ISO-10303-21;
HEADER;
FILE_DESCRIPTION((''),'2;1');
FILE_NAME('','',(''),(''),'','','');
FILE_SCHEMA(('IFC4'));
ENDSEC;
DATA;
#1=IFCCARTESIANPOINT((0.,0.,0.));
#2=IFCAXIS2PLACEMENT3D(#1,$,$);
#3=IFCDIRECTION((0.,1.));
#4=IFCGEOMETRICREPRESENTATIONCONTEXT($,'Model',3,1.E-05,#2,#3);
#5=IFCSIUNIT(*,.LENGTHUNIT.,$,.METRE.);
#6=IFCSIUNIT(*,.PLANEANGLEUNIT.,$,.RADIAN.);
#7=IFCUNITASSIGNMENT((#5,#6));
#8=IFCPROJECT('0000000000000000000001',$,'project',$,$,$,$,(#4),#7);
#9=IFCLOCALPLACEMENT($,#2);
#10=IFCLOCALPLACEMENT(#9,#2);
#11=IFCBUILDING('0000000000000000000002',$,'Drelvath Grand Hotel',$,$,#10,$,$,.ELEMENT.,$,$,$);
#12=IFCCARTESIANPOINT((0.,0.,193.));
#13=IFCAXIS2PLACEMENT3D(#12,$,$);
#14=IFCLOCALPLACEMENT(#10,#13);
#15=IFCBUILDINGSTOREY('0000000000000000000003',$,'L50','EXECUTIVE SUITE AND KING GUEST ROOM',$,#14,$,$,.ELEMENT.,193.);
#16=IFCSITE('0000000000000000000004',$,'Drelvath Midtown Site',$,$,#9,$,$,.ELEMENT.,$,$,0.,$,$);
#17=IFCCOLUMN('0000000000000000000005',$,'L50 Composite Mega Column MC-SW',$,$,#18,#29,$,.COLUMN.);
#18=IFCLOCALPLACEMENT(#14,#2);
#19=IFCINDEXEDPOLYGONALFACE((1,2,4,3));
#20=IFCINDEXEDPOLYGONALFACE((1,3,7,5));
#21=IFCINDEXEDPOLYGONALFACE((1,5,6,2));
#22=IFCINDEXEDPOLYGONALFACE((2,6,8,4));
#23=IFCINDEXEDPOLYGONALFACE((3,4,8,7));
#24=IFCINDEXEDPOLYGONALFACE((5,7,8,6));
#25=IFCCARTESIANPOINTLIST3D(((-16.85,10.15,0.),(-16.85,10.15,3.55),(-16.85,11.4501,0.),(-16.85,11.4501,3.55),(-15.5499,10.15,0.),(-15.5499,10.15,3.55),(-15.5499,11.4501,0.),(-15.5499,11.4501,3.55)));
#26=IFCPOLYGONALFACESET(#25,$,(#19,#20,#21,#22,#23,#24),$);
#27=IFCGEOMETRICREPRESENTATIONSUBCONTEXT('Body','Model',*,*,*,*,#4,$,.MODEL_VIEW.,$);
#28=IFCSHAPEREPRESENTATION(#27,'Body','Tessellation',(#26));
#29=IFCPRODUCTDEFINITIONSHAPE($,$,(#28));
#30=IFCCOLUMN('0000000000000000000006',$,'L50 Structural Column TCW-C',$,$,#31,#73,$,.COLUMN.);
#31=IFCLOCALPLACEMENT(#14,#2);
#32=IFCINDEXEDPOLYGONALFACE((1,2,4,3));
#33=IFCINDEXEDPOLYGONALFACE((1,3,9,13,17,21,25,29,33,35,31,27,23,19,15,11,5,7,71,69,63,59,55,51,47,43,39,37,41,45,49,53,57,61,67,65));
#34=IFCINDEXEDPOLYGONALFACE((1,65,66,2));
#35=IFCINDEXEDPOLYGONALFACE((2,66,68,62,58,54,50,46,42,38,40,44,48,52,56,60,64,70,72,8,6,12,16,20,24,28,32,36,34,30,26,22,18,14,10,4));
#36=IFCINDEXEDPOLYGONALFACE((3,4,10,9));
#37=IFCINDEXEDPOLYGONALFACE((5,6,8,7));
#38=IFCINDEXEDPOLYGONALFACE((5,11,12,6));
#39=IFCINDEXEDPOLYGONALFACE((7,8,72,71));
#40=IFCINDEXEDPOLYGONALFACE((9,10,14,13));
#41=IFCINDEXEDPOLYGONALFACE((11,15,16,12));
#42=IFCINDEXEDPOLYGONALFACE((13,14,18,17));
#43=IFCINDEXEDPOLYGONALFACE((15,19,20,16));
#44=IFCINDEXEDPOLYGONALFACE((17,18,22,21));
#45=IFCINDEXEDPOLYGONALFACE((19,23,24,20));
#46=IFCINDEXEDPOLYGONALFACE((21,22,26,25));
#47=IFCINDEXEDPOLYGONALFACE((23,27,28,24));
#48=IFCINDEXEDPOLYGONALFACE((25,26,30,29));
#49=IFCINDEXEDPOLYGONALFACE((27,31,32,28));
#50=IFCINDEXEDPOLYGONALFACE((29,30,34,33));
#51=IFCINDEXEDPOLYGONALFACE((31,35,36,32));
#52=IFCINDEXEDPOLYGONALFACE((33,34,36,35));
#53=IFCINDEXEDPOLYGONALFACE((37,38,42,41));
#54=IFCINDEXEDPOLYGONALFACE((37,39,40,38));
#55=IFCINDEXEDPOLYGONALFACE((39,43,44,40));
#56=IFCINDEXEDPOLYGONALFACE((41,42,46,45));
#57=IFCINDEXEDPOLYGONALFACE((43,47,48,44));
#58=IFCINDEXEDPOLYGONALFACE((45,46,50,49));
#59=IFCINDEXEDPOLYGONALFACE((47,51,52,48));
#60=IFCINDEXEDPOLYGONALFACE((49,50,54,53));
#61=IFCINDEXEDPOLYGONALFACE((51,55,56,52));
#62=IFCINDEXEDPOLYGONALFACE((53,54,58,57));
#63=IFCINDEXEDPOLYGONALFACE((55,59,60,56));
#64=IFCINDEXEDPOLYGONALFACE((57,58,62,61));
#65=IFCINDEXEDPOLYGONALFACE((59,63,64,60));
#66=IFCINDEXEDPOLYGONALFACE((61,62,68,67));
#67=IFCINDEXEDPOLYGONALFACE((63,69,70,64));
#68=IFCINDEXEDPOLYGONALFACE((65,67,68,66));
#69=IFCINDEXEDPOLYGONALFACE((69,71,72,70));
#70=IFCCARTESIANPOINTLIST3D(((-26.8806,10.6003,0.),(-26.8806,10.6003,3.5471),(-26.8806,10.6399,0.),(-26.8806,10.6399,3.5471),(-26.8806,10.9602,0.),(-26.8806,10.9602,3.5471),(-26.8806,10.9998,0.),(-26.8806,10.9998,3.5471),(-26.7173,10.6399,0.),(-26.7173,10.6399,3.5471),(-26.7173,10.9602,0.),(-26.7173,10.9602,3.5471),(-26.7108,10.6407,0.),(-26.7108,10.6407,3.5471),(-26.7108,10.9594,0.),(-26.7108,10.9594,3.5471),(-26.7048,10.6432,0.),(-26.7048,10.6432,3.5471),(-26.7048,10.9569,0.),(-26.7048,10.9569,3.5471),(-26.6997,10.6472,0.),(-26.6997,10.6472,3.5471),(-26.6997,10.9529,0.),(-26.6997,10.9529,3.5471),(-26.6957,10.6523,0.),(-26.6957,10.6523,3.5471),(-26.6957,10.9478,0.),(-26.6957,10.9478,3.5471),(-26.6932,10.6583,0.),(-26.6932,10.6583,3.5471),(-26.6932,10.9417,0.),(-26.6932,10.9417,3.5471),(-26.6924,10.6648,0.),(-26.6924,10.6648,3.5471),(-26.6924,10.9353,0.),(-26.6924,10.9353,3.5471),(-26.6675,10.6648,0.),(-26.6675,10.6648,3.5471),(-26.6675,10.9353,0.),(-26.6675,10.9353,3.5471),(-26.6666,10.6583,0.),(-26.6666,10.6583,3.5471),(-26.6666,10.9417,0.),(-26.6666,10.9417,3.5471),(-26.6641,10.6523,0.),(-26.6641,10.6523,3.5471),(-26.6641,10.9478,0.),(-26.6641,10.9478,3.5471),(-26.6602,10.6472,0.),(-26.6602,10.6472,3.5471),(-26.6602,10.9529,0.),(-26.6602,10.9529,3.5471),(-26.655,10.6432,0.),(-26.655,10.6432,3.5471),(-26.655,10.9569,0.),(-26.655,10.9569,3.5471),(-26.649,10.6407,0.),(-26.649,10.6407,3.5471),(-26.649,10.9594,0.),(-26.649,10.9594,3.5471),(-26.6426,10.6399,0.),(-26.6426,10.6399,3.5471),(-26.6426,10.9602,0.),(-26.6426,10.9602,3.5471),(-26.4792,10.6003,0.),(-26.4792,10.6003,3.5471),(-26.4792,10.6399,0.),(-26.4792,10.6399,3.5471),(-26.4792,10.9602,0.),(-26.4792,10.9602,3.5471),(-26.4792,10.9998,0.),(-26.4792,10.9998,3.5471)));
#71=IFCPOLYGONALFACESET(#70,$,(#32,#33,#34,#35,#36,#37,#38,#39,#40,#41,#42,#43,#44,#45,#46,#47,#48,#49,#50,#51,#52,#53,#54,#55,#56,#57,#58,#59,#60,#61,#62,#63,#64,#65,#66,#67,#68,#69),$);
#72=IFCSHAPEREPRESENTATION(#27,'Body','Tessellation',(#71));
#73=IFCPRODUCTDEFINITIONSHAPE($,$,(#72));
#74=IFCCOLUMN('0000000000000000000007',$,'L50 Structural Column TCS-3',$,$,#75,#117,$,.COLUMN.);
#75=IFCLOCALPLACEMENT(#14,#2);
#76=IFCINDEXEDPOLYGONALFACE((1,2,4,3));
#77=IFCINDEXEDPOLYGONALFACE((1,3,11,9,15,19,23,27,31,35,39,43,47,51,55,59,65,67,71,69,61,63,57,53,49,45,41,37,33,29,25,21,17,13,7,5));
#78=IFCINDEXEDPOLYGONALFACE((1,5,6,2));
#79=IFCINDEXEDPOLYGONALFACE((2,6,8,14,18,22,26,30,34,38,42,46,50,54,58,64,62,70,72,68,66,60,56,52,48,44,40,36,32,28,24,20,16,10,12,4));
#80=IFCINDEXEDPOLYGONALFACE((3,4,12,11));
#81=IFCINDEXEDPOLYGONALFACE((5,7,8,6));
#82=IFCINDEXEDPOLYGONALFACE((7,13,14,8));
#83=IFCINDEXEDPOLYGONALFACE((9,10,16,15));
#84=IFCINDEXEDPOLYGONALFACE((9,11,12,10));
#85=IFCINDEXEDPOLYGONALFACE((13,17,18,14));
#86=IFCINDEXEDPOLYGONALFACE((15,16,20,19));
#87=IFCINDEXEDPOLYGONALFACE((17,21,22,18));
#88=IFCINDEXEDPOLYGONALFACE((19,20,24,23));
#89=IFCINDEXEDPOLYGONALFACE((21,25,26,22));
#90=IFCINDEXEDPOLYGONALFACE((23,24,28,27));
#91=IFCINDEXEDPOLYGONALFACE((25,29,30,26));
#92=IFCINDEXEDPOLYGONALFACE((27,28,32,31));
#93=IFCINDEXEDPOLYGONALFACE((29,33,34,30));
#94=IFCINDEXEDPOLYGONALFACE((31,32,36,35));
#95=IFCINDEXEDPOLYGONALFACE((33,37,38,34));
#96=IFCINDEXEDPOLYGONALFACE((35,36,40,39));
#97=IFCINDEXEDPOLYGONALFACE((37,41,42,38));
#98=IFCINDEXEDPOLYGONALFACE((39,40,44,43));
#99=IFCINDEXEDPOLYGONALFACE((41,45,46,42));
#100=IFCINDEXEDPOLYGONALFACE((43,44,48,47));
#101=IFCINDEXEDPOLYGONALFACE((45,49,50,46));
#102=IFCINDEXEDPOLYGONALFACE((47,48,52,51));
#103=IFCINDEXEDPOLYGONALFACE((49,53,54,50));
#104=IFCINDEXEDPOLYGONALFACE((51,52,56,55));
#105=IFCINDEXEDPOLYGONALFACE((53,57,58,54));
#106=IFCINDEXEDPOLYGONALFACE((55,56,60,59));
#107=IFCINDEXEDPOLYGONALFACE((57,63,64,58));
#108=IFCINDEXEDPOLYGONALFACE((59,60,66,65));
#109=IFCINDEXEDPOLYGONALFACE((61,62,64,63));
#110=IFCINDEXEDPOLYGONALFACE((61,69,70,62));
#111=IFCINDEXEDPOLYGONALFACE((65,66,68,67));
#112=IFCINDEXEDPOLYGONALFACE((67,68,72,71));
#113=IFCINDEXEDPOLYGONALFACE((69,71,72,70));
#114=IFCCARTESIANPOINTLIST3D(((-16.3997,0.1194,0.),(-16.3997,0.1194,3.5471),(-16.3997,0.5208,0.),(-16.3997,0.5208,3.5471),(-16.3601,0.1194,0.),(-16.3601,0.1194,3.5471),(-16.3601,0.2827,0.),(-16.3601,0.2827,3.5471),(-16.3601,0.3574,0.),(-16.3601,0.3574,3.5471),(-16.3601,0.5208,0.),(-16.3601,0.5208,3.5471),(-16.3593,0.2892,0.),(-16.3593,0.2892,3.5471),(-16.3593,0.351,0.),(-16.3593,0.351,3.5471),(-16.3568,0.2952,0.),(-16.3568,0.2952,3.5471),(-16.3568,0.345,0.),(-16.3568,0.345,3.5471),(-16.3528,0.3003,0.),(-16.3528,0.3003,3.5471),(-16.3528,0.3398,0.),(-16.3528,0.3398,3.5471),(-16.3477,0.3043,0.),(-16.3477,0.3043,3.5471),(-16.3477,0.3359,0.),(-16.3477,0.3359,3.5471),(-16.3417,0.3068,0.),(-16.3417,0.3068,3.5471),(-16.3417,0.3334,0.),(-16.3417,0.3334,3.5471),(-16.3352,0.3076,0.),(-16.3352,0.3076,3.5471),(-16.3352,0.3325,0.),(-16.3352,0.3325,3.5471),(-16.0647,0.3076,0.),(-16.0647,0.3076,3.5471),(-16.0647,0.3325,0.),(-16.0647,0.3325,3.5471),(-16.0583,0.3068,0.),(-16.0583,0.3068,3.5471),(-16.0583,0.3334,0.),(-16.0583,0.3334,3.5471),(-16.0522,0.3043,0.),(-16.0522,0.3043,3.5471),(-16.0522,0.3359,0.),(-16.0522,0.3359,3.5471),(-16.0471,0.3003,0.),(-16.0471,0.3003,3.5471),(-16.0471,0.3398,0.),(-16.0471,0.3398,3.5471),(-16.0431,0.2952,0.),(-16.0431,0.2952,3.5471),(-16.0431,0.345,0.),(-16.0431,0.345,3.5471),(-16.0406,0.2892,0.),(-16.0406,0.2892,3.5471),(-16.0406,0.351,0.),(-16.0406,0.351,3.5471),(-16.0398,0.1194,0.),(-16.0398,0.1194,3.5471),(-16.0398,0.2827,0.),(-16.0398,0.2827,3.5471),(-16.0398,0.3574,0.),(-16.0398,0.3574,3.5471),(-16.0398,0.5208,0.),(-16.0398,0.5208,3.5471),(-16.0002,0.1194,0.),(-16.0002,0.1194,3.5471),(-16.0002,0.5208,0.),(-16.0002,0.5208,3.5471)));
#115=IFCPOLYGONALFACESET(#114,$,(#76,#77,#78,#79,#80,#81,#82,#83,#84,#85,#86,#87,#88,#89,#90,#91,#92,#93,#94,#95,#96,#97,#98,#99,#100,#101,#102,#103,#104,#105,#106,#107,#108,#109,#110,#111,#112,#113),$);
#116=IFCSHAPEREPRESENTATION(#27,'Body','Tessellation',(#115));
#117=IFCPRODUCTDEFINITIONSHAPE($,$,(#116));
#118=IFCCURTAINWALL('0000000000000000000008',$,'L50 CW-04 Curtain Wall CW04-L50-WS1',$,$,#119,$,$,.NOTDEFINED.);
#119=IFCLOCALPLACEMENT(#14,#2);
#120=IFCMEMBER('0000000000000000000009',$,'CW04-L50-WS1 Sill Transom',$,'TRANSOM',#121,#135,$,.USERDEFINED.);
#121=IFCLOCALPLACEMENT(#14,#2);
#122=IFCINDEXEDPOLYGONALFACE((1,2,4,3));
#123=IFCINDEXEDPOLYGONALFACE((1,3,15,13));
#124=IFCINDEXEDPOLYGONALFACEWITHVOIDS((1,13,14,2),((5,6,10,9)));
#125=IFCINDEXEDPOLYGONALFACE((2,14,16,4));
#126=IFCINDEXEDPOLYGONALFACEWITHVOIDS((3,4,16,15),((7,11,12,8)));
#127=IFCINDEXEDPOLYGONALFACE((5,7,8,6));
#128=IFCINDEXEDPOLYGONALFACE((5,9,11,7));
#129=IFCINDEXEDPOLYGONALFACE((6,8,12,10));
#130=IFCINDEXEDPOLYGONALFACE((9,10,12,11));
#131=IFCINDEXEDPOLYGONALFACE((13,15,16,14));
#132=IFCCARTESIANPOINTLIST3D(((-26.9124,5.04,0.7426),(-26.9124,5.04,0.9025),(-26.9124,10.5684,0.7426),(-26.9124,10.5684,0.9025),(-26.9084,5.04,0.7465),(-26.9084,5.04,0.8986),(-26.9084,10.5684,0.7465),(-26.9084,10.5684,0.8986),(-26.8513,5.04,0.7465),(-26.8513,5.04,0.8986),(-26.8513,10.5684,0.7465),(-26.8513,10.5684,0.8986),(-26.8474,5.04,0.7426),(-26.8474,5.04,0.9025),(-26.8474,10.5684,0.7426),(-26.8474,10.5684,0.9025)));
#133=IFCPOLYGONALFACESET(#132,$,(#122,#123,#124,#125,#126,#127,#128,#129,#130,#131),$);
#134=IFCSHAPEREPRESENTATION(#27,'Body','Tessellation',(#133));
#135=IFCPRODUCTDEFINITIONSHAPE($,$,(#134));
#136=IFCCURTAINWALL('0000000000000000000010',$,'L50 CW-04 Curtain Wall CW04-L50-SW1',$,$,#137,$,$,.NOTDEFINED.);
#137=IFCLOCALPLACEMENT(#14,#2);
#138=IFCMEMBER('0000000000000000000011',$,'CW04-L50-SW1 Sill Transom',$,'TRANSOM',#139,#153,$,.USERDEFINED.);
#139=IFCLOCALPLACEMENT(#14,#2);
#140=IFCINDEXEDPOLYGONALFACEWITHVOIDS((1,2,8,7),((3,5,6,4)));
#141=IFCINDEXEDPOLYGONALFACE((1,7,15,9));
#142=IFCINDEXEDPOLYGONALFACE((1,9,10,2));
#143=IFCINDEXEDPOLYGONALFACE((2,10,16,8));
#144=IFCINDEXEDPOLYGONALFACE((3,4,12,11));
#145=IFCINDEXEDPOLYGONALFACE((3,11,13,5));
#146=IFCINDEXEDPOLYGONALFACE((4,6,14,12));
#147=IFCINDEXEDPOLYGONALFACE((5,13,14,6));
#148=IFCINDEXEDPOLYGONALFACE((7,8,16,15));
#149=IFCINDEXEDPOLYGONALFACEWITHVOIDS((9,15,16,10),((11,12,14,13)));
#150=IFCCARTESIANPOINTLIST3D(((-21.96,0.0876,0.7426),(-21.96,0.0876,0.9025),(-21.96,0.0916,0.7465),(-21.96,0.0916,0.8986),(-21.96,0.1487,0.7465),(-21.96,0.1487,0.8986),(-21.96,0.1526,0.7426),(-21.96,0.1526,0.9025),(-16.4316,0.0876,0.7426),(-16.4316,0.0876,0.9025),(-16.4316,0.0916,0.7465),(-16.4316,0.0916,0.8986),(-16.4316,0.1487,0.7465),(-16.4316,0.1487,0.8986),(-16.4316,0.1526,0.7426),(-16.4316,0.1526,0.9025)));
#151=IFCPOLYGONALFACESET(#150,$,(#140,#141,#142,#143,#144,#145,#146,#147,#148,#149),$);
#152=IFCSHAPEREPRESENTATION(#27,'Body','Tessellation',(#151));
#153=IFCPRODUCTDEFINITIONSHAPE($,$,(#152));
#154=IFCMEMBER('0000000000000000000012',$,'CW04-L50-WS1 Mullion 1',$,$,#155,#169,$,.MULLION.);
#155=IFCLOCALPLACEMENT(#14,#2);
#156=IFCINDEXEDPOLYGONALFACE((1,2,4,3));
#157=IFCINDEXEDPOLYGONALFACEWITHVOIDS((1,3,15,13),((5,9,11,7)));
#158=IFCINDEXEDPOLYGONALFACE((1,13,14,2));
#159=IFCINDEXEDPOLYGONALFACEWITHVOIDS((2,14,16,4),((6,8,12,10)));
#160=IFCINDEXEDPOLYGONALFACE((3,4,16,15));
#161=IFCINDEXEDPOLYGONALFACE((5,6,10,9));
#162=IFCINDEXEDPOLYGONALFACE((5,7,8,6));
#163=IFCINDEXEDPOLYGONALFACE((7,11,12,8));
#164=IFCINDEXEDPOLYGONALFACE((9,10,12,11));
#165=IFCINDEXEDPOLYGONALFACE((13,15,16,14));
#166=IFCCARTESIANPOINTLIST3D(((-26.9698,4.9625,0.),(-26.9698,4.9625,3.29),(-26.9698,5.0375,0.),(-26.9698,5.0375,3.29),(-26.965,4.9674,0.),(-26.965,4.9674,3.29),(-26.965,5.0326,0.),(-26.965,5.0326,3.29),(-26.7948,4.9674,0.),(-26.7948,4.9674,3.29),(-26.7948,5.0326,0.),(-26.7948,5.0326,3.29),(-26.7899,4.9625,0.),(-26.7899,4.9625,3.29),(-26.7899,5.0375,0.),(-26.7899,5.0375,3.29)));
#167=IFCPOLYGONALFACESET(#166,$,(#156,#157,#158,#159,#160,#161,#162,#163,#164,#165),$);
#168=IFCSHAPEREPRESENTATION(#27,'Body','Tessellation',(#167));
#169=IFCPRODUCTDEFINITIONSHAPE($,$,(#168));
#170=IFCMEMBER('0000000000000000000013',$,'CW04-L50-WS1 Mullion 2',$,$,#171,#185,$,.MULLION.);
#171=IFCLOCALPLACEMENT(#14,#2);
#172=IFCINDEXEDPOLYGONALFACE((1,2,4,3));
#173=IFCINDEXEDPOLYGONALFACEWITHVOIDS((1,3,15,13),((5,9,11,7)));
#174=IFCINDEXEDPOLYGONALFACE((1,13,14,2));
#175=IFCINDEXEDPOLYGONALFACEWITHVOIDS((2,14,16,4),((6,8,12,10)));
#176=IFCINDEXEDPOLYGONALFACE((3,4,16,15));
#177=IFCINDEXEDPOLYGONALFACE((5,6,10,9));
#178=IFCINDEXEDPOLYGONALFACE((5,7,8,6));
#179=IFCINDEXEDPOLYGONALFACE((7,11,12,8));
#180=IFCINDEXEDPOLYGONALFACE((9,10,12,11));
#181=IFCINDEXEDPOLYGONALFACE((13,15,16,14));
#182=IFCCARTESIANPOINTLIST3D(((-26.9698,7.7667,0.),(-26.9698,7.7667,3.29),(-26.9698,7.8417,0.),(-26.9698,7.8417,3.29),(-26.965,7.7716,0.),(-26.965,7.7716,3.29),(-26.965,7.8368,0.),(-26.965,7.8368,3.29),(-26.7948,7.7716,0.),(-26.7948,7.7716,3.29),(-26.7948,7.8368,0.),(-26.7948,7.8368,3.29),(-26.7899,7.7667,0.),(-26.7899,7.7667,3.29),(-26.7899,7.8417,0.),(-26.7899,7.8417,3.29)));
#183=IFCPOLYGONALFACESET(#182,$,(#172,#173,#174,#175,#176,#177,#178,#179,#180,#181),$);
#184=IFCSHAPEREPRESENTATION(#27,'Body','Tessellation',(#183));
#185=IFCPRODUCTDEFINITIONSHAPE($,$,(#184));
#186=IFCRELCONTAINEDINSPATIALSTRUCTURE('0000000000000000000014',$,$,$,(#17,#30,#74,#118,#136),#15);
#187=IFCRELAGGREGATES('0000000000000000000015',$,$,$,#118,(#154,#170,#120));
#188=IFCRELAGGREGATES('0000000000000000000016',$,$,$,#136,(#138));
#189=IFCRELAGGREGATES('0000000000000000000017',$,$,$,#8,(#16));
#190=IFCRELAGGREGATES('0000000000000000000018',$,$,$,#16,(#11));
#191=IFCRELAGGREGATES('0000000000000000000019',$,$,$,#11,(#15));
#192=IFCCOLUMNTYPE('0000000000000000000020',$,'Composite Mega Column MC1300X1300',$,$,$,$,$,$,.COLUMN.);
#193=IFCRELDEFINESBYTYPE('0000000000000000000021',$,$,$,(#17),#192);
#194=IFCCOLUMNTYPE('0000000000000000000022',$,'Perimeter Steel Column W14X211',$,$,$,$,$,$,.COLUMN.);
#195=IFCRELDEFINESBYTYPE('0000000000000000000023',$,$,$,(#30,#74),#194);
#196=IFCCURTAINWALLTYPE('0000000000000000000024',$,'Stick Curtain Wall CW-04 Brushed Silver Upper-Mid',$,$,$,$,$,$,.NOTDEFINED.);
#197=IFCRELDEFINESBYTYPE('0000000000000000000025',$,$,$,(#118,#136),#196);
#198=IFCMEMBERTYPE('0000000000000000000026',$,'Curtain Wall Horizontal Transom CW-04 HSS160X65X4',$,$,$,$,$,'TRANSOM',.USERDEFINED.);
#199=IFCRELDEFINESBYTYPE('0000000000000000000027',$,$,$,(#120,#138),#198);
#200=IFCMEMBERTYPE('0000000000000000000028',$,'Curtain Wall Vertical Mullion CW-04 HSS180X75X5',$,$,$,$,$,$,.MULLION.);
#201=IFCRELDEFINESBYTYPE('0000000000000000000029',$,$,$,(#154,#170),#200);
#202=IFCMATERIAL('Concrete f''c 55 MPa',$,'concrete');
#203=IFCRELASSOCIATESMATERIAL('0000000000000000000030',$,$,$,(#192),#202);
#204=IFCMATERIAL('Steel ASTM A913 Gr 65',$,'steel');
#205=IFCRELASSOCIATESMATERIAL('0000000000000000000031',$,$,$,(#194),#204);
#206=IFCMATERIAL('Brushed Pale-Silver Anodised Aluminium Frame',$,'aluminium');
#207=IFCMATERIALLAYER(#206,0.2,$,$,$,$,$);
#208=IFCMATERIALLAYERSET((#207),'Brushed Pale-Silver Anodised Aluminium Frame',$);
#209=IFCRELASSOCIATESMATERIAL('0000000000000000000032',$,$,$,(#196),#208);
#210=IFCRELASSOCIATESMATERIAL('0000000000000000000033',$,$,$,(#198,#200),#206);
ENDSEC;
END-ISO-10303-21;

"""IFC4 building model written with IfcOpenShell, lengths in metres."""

from ifc_helpers import new_model, si_unit, direction, frame, origin, origin_2d, place, context, subcontext, project, spatial, rectangle, hollow_rectangle, i_section, extrude, material, layer, layer_set, material_profile, profile_set, type_object, element, aggregate, save


model = new_model("IFC4")

# Units and contexts
model_context = context("Model", 3, precision=1e-05, world=origin(), true_north=direction((0.0, 1.0)))
body_context = subcontext(model_context, "Body", "Model", "MODEL_VIEW")
ifc_project = project(units=[si_unit("LENGTHUNIT", "METRE"), si_unit("PLANEANGLEUNIT", "RADIAN")], contexts=[model_context])

# Site, building, storey
site_placement = place(None, origin())
site = spatial("IfcSite", under=ifc_project, at=site_placement, Name="Drelvath Midtown Site", CompositionType="ELEMENT", RefElevation=0.0)
building_placement = place(site_placement, origin())
building = spatial("IfcBuilding", under=site, at=building_placement, Name="Drelvath Grand Hotel", CompositionType="ELEMENT")
storey_placement = place(building_placement, frame((0.0, 0.0, 193.0)))
storey = spatial("IfcBuildingStorey", under=building, at=storey_placement, Name="L50", Description="EXECUTIVE SUITE AND KING GUEST ROOM", CompositionType="ELEMENT", Elevation=193.0)

# Columns
ifc_material_1 = material(Name="Concrete f'c 55 MPa", Category="concrete")
ifc_material_profile_1 = material_profile(ifc_material_1, rectangle(XDim=1.3, YDim=1.3, at=origin_2d()), Name="MC1300X1300")
ifc_profile_set_1 = profile_set([ifc_material_profile_1], Name="Concrete f'c 55 MPa")
column_type_1 = type_object("IfcColumnType", Name="Composite Mega Column MC1300X1300", PredefinedType="COLUMN", material=ifc_profile_set_1)
column_placement = place(storey_placement, frame((-16.2, 10.8, 0.0), z_axis=(0.0, 0.0, 1.0), x_axis=(1.0, 0.0, 0.0)))
element("IfcColumn", 1, at=column_placement, inside=storey, type_object=column_type_1, Name="L50 Composite Mega Column MC-SW", PredefinedType="COLUMN", context=body_context, shape_type="SweptSolid", body=[
    extrude(rectangle(XDim=1.3, YDim=1.3, at=origin_2d()), origin(), (0.0, 0.0, 1.0), 3.55),
])
ifc_material_2 = material(Name="Steel ASTM A913 Gr 65", Category="steel")
ifc_material_profile_2 = material_profile(ifc_material_2, i_section(OverallWidth=0.4014, OverallDepth=0.3994, WebThickness=0.0249, FlangeThickness=0.0396, FilletRadius=0.0249, at=origin_2d()), Name="W14X211")
ifc_profile_set_2 = profile_set([ifc_material_profile_2], Name="Steel ASTM A913 Gr 65")
column_type_2 = type_object("IfcColumnType", Name="Perimeter Steel Column W14X211", PredefinedType="COLUMN", material=ifc_profile_set_2)
for number, where, z_axis, x_axis, name in (
    (2, (-26.6799, 10.8, 0.0), (0.0, 0.0, 1.0), (1.0, 0.0, 0.0), "L50 Structural Column TCW-C"),
    (3, (-16.2, 0.3201, 0.0), (0.0, 0.0, 1.0), (0.0, 1.0, 0.0), "L50 Structural Column TCS-3"),
):
    element("IfcColumn", number, at=place(storey_placement, frame(where, z_axis=z_axis, x_axis=x_axis)), inside=storey, type_object=column_type_2, Name=name, PredefinedType="COLUMN", context=body_context, shape_type="SweptSolid", body=[
        extrude(i_section(OverallWidth=0.4014, OverallDepth=0.3994, WebThickness=0.0249, FlangeThickness=0.0396, FilletRadius=0.0249, at=origin_2d()), origin(), (0.0, 0.0, 1.0), 3.5471),
    ])

# Curtain walls, members
ifc_material_3 = material(Name="Brushed Pale-Silver Anodised Aluminium Frame", Category="aluminium")
ifc_layer_1 = layer(ifc_material_3, 0.2)
ifc_layer_set_1 = layer_set([ifc_layer_1], Name="Brushed Pale-Silver Anodised Aluminium Frame")
curtain_wall_type = type_object("IfcCurtainWallType", Name="Stick Curtain Wall CW-04 Brushed Silver Upper-Mid", PredefinedType="NOTDEFINED", material=ifc_layer_set_1)
curtain_wall_1_placement = place(storey_placement, origin())
curtain_wall_1 = element("IfcCurtainWall", 4, at=curtain_wall_1_placement, inside=storey, type_object=curtain_wall_type, Name="L50 CW-04 Curtain Wall CW04-L50-WS1", PredefinedType="NOTDEFINED")
ifc_material_profile_3 = material_profile(ifc_material_3, hollow_rectangle(XDim=0.0649, YDim=0.1599, WallThickness=0.0039, at=origin_2d()), Name="HSS160X65X4")
ifc_profile_set_3 = profile_set([ifc_material_profile_3], Name="Brushed Pale-Silver Anodised Aluminium Frame")
member_type_1 = type_object("IfcMemberType", Name="Curtain Wall Horizontal Transom CW-04 HSS160X65X4", ElementType="TRANSOM", PredefinedType="USERDEFINED", material=ifc_profile_set_3)
member_1_placement = place(storey_placement, frame((-26.8799, 5.04, 0.8225), z_axis=(0.0, 1.0, 0.0), x_axis=(-1.0, 0.0, 0.0)))
member_1 = element("IfcMember", 5, at=member_1_placement, type_object=member_type_1, Name="CW04-L50-WS1 Sill Transom", ObjectType="TRANSOM", PredefinedType="USERDEFINED", context=body_context, shape_type="SweptSolid", body=[
    extrude(hollow_rectangle(XDim=0.0649, YDim=0.1599, WallThickness=0.0039, at=origin_2d()), origin(), (0.0, 0.0, 1.0), 5.5283),
])
curtain_wall_2_placement = place(storey_placement, origin())
curtain_wall_2 = element("IfcCurtainWall", 6, at=curtain_wall_2_placement, inside=storey, type_object=curtain_wall_type, Name="L50 CW-04 Curtain Wall CW04-L50-SW1", PredefinedType="NOTDEFINED")
member_2_placement = place(storey_placement, frame((-16.4316, 0.1201, 0.8225), z_axis=(-1.0, 0.0, 0.0), x_axis=(0.0, -1.0, 0.0)))
member_2 = element("IfcMember", 7, at=member_2_placement, type_object=member_type_1, Name="CW04-L50-SW1 Sill Transom", ObjectType="TRANSOM", PredefinedType="USERDEFINED", context=body_context, shape_type="SweptSolid", body=[
    extrude(hollow_rectangle(XDim=0.0649, YDim=0.1599, WallThickness=0.0039, at=origin_2d()), origin(), (0.0, 0.0, 1.0), 5.5283),
])

# Members
ifc_material_profile_4 = material_profile(ifc_material_3, hollow_rectangle(XDim=0.075, YDim=0.1799, WallThickness=0.0049, at=origin_2d()), Name="HSS180X75X5")
ifc_profile_set_4 = profile_set([ifc_material_profile_4], Name="Brushed Pale-Silver Anodised Aluminium Frame")
member_type_2 = type_object("IfcMemberType", Name="Curtain Wall Vertical Mullion CW-04 HSS180X75X5", PredefinedType="MULLION", material=ifc_profile_set_4)
member_3_placement = place(storey_placement, frame((-26.8799, 5.0, 0.0), z_axis=(0.0, 0.0, 1.0), x_axis=(0.0, 1.0, 0.0)))
member_3 = element("IfcMember", 8, at=member_3_placement, type_object=member_type_2, Name="CW04-L50-WS1 Mullion 1", PredefinedType="MULLION", context=body_context, shape_type="SweptSolid", body=[
    extrude(hollow_rectangle(XDim=0.075, YDim=0.1799, WallThickness=0.0049, at=origin_2d()), origin(), (0.0, 0.0, 1.0), 3.29),
])
member_4_placement = place(storey_placement, frame((-26.8799, 7.8042, 0.0), z_axis=(0.0, 0.0, 1.0), x_axis=(0.0, 1.0, 0.0)))
member_4 = element("IfcMember", 9, at=member_4_placement, type_object=member_type_2, Name="CW04-L50-WS1 Mullion 2", PredefinedType="MULLION", context=body_context, shape_type="SweptSolid", body=[
    extrude(hollow_rectangle(XDim=0.075, YDim=0.1799, WallThickness=0.0049, at=origin_2d()), origin(), (0.0, 0.0, 1.0), 3.29),
])

aggregate(curtain_wall_1, [member_3, member_4, member_1])
aggregate(curtain_wall_2, [member_2])

save(model, "model.ifc")
